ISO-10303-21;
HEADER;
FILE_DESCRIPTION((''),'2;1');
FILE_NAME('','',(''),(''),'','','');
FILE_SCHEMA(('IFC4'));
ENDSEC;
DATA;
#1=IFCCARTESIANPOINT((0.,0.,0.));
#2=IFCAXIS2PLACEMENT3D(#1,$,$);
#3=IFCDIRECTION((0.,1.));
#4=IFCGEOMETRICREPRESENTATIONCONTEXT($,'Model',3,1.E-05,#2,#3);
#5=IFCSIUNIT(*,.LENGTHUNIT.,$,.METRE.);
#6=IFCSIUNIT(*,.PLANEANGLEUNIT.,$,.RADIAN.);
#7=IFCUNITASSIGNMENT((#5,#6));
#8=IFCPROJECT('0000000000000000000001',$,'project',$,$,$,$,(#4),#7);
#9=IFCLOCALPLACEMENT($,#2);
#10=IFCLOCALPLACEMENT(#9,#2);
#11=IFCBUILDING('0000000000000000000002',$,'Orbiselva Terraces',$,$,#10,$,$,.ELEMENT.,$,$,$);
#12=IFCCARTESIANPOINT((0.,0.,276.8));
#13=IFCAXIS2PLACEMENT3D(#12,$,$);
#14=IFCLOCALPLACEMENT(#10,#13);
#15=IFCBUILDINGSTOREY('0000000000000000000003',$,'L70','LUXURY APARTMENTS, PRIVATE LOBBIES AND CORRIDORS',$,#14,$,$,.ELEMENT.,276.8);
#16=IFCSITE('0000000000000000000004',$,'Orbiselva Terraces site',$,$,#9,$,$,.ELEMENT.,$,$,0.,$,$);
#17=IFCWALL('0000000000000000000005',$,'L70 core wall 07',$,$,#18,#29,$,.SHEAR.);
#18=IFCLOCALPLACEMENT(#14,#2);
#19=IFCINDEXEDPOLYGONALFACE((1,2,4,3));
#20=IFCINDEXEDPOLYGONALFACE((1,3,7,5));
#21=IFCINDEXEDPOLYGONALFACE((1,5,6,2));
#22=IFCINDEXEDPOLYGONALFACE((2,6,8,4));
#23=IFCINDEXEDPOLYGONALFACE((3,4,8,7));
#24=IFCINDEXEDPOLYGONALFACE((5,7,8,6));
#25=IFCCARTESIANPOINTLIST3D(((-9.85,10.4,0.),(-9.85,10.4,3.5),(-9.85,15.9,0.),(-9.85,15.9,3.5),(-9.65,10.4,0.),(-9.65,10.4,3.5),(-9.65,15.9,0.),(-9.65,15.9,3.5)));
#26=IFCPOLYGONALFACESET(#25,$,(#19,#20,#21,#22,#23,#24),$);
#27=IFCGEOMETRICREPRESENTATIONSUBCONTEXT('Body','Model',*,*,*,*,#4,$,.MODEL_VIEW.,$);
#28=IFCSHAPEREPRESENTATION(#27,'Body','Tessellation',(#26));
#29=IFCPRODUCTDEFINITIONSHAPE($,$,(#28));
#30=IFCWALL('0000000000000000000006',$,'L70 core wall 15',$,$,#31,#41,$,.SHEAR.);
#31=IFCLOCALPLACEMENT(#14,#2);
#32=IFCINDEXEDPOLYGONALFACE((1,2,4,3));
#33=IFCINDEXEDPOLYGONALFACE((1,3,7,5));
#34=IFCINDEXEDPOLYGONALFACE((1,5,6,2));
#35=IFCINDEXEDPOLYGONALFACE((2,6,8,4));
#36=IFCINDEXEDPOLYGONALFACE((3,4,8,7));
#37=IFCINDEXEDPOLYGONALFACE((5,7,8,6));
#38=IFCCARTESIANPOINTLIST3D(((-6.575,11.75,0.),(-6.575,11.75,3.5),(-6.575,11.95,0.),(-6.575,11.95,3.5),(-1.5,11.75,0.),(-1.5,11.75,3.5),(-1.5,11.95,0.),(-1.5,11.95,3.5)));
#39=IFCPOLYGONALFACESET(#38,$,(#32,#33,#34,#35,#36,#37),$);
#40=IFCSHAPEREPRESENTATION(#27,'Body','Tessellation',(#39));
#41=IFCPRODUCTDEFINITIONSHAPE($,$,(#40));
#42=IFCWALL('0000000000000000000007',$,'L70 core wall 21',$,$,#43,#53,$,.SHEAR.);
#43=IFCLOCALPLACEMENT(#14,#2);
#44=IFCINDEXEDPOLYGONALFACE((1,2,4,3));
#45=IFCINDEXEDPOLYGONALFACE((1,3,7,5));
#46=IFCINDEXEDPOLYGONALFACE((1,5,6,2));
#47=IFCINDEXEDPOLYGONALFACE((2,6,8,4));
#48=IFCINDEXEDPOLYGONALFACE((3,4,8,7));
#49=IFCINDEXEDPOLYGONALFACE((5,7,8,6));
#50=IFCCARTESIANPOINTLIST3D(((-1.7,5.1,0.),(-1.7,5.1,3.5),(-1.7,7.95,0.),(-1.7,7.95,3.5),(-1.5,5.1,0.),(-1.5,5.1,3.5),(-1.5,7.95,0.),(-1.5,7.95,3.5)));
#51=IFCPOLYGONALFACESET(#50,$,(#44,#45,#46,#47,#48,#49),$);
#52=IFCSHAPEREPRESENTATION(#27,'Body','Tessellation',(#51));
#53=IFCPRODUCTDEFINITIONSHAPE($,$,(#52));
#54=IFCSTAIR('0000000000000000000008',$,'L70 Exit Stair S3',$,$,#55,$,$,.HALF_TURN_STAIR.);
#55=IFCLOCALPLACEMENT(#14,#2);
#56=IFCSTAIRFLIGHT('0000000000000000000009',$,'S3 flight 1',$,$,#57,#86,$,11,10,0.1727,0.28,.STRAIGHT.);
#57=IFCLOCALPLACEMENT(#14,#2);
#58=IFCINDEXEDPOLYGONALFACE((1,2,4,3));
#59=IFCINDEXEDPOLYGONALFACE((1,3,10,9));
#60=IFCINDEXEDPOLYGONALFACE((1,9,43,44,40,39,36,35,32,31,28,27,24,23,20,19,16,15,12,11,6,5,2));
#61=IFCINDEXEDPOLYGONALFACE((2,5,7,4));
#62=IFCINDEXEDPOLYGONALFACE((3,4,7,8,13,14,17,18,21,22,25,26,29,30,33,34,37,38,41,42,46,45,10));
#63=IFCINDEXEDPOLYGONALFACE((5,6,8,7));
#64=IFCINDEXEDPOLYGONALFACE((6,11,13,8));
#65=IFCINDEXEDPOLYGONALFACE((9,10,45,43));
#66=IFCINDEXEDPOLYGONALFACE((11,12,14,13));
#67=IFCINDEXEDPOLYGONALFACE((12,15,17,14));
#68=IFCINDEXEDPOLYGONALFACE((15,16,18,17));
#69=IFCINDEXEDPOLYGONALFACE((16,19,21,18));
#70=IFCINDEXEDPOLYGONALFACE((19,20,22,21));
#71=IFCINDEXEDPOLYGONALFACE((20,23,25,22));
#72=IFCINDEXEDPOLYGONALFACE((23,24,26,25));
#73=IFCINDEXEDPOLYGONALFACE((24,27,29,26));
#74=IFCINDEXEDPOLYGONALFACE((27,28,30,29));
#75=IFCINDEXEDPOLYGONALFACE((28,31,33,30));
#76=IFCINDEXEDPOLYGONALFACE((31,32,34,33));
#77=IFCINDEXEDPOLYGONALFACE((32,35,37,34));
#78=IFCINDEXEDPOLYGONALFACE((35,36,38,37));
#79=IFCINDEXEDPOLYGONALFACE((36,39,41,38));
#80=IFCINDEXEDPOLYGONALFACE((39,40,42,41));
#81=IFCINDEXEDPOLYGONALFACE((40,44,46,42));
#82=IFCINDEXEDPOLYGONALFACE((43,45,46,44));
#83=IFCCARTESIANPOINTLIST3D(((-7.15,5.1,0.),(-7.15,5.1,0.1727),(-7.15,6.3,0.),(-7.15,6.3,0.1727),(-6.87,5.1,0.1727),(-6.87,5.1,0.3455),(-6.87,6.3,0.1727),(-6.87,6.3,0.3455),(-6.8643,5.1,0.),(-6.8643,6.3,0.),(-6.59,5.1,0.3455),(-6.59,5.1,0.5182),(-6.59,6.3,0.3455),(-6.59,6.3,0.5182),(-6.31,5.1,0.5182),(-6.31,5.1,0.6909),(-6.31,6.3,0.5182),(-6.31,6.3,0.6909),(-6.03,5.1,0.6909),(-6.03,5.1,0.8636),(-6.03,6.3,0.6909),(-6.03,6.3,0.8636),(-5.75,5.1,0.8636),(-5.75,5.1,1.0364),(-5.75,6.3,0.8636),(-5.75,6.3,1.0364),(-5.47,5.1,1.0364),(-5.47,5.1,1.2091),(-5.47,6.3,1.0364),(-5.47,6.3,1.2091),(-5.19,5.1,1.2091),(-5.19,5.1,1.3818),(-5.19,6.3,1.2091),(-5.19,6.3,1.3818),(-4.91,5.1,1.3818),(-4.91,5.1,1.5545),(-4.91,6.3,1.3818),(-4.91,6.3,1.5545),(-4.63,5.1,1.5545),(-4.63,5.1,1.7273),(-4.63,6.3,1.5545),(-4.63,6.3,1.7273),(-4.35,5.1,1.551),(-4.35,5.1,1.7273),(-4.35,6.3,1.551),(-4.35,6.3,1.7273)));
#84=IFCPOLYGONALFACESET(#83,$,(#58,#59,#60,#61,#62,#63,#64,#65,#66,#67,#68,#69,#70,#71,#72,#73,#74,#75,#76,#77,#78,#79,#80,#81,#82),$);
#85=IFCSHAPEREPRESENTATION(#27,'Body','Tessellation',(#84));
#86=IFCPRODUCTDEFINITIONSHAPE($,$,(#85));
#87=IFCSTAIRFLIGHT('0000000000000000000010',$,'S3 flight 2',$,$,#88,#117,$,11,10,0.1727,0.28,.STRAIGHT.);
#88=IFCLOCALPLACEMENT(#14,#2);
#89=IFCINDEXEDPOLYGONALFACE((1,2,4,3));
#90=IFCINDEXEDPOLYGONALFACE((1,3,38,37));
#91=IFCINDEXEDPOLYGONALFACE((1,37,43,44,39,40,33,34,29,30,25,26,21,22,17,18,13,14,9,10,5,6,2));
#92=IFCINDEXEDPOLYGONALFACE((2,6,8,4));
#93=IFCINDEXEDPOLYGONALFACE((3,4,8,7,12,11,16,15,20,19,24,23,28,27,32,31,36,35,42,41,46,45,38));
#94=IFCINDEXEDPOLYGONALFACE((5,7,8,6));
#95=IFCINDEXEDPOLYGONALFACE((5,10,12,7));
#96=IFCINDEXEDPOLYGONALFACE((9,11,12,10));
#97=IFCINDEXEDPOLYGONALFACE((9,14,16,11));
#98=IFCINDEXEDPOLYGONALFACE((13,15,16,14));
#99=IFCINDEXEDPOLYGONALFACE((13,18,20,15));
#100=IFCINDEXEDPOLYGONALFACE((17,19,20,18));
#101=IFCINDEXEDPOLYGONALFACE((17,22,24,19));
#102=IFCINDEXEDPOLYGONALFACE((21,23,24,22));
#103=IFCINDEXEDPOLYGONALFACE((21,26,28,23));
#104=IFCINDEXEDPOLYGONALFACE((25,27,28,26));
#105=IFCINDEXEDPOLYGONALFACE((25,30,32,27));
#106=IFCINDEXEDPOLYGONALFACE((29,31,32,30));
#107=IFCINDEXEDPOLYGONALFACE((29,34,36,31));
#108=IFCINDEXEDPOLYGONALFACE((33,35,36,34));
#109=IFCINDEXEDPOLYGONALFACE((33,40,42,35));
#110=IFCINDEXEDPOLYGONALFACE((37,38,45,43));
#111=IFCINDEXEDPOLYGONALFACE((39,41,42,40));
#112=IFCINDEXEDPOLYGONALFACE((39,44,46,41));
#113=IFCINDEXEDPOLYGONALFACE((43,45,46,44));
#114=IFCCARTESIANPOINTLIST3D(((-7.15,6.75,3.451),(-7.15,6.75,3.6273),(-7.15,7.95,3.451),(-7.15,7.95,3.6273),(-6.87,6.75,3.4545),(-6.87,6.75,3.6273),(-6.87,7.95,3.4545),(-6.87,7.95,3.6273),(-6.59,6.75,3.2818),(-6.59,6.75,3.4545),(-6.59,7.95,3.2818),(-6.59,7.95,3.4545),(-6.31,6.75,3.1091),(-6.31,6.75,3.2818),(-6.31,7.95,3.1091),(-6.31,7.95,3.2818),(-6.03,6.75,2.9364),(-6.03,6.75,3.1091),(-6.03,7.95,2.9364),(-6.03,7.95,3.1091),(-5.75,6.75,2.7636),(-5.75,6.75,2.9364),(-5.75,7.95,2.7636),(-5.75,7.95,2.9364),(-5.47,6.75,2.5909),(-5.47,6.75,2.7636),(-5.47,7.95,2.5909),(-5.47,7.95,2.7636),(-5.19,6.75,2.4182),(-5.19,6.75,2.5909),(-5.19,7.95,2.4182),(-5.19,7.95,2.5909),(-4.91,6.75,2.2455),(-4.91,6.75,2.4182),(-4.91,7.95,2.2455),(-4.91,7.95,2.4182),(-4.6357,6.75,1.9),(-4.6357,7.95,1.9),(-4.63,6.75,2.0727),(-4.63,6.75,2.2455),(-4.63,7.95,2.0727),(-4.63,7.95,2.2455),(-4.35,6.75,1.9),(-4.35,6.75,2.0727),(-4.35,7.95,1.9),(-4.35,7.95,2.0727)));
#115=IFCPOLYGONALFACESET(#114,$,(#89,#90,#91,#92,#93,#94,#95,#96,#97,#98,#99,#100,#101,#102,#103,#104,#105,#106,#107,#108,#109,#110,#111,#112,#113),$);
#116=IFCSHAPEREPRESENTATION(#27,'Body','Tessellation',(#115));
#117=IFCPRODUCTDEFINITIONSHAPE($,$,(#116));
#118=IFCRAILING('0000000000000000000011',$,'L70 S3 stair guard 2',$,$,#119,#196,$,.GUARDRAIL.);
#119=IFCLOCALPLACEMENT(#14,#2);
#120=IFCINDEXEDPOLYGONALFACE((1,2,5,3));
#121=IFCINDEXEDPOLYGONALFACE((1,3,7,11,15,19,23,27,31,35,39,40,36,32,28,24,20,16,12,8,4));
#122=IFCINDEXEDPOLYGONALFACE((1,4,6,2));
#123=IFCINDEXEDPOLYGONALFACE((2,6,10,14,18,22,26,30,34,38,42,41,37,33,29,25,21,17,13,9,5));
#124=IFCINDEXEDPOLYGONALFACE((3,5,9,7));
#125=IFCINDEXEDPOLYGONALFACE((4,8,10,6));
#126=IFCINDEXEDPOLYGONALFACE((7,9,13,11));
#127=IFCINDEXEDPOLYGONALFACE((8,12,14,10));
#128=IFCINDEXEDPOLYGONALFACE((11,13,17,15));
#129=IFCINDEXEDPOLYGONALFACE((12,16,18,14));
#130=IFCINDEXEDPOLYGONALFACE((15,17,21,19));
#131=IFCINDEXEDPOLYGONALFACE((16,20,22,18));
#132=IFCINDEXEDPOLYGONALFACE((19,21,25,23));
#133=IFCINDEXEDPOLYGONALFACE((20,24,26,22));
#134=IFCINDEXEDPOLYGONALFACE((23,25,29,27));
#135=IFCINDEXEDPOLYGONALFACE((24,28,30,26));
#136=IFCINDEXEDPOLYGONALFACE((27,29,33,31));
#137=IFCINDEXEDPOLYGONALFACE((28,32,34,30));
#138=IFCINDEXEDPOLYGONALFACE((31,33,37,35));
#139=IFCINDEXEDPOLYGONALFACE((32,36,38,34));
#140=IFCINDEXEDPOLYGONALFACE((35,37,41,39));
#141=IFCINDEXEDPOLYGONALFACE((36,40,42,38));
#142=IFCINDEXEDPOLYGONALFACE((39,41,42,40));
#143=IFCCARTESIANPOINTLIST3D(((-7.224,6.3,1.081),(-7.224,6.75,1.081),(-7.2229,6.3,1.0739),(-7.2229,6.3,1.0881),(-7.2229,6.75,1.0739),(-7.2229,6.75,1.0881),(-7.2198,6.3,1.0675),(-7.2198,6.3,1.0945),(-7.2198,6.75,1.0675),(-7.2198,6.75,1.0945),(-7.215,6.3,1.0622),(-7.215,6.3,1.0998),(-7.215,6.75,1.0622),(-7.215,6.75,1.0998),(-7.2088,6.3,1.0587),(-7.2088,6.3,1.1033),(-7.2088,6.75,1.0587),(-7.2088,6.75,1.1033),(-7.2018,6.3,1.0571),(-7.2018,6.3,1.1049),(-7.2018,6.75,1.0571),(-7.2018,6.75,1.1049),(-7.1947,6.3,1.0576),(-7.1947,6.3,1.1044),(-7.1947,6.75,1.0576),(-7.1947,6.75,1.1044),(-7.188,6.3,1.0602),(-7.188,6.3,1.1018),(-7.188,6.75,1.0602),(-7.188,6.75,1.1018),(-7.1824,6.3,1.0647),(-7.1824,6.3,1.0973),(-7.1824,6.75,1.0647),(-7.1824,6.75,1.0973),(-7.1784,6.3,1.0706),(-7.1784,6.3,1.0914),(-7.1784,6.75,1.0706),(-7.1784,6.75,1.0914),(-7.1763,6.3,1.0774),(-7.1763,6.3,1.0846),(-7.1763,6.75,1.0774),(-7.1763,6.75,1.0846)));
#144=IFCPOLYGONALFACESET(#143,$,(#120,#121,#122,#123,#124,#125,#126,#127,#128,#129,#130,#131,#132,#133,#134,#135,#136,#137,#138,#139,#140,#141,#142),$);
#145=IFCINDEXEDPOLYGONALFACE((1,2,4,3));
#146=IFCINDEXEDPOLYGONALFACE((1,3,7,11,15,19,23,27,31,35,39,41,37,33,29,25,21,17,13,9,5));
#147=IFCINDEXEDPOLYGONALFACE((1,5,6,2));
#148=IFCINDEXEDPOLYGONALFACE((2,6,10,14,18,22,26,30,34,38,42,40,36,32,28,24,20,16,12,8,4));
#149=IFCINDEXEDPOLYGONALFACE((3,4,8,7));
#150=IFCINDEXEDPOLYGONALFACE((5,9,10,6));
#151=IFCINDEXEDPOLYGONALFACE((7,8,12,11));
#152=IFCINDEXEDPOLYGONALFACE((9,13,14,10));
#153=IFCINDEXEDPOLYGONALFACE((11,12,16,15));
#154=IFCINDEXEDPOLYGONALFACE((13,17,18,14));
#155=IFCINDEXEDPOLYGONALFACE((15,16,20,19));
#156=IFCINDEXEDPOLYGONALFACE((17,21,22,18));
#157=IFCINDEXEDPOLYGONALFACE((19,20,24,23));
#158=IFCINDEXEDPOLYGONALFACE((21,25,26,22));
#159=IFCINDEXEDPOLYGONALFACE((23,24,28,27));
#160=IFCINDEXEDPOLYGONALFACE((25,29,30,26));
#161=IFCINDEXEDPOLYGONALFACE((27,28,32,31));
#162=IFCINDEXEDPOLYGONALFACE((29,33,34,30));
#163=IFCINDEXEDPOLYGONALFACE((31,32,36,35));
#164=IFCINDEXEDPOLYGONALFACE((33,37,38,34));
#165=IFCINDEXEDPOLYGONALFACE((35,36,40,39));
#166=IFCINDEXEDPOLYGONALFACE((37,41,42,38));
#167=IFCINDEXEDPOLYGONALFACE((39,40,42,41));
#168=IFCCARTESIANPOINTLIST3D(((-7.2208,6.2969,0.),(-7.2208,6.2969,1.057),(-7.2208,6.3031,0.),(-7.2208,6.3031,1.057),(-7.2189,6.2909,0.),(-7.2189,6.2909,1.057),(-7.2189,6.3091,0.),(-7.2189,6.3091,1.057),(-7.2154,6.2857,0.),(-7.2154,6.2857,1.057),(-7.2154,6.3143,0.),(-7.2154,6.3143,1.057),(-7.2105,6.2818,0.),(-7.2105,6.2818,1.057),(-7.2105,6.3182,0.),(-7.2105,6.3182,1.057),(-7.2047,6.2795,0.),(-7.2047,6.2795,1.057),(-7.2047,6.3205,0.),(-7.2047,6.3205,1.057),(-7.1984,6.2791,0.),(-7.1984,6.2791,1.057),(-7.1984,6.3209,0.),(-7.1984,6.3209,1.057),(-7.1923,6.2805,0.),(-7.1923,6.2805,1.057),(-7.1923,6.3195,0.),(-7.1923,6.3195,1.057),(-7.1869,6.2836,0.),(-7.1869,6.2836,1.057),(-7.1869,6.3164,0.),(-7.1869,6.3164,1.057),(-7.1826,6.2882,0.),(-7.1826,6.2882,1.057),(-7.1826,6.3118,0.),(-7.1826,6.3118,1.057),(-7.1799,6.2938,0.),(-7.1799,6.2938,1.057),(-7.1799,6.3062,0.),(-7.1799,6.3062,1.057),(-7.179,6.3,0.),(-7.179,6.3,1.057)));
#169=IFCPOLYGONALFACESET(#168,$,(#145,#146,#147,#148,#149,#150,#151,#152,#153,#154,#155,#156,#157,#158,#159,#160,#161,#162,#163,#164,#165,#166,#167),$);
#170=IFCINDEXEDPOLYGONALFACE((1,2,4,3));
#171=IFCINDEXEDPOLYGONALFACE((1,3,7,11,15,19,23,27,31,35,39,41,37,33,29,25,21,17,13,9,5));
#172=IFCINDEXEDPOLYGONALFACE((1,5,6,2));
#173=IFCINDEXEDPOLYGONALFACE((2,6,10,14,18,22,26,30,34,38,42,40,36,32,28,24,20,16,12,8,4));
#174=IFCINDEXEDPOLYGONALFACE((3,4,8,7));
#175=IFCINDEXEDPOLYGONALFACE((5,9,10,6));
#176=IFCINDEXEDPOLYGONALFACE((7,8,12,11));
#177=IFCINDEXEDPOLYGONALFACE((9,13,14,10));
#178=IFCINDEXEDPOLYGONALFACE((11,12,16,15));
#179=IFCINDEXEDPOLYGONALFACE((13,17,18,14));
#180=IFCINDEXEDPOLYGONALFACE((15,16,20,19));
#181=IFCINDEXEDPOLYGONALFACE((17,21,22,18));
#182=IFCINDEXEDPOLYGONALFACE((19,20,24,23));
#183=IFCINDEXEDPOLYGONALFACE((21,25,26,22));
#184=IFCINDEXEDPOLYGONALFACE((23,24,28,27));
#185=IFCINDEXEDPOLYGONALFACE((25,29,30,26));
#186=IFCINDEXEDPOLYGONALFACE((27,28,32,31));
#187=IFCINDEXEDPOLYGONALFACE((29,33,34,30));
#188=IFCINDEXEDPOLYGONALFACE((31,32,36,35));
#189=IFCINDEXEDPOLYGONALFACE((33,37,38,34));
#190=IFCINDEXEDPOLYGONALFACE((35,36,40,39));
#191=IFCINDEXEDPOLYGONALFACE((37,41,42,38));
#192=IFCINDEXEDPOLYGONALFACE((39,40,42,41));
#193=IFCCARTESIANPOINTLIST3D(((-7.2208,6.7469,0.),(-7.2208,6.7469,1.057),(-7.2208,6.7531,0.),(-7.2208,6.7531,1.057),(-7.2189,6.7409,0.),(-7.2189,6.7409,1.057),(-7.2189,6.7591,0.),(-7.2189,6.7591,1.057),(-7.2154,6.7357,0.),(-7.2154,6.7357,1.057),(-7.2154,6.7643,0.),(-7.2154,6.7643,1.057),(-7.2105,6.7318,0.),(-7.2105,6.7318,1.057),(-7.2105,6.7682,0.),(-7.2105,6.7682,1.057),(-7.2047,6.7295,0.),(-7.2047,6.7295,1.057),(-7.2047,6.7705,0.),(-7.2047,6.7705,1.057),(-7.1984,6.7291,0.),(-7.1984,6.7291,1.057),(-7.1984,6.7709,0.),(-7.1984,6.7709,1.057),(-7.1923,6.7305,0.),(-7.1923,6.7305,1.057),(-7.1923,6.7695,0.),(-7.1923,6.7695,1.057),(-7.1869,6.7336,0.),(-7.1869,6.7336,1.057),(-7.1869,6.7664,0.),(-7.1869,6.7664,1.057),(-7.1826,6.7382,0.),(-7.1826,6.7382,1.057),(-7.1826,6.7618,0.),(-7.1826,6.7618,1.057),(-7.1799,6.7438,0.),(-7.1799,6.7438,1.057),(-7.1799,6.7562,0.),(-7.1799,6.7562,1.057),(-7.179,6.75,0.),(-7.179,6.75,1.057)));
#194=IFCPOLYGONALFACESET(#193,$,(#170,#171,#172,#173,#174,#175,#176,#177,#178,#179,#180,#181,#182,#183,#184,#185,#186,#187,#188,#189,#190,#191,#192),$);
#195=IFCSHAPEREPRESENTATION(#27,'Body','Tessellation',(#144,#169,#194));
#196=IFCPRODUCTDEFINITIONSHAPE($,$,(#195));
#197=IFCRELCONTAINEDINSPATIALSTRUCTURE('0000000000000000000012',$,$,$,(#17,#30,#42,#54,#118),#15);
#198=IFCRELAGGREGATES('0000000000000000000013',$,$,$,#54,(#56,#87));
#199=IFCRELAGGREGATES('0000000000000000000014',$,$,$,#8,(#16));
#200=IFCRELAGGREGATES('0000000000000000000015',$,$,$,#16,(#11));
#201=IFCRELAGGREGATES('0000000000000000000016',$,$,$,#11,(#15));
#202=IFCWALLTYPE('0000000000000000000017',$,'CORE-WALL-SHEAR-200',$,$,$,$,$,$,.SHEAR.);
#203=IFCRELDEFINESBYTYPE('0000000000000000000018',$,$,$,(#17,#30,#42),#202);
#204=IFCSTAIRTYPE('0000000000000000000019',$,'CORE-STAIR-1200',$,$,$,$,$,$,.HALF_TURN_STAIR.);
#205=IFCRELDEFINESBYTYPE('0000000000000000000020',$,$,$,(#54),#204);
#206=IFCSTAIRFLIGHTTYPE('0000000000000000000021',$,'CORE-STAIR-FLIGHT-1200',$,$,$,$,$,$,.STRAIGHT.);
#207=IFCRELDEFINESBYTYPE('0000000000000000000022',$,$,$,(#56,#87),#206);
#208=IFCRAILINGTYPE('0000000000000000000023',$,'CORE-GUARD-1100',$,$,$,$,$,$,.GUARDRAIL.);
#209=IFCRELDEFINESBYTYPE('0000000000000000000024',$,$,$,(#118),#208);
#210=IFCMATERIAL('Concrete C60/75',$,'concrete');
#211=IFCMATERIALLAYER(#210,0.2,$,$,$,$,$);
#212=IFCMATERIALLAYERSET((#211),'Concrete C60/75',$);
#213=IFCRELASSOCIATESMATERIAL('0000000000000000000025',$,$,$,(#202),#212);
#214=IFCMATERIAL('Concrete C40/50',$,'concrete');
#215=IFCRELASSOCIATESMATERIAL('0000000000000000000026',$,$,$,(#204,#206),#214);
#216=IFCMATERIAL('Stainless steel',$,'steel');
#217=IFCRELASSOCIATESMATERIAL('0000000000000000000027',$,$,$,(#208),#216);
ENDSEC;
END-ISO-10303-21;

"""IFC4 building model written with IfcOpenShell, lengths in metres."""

from ifc_helpers import new_model, si_unit, direction, frame, frame_2d, origin, origin_2d, place, context, subcontext, project, spatial, polyline, rectangle, circle, outline, extrude, material, layer, layer_set, type_object, element, aggregate, save


model = new_model("IFC4")

# Units and contexts
model_context = context("Model", 3, precision=1e-05, world=origin(), true_north=direction((0.0, 1.0)))
body_context = subcontext(model_context, "Body", "Model", "MODEL_VIEW")
ifc_project = project(units=[si_unit("LENGTHUNIT", "METRE"), si_unit("PLANEANGLEUNIT", "RADIAN")], contexts=[model_context])

# Site, building, storey
site_placement = place(None, origin())
site = spatial("IfcSite", under=ifc_project, at=site_placement, Name="Orbiselva Terraces site", CompositionType="ELEMENT", RefElevation=0.0)
building_placement = place(site_placement, origin())
building = spatial("IfcBuilding", under=site, at=building_placement, Name="Orbiselva Terraces", CompositionType="ELEMENT")
storey_placement = place(building_placement, frame((0.0, 0.0, 276.8)))
storey = spatial("IfcBuildingStorey", under=building, at=storey_placement, Name="L70", Description="LUXURY APARTMENTS, PRIVATE LOBBIES AND CORRIDORS", CompositionType="ELEMENT", Elevation=276.8)

# Walls
ifc_material_1 = material(Name="Concrete C60/75", Category="concrete")
ifc_layer_1 = layer(ifc_material_1, 0.2)
ifc_layer_set_1 = layer_set([ifc_layer_1], Name="Concrete C60/75")
wall_type_1 = type_object("IfcWallType", Name="CORE-WALL-SHEAR-200", PredefinedType="SHEAR", material=ifc_layer_set_1)
wall_1_placement = place(storey_placement, frame((-9.75, 10.4, 0.0), z_axis=(0.0, 0.0, 1.0), x_axis=(0.0, 1.0, 0.0)))
element("IfcWall", 1, at=wall_1_placement, inside=storey, type_object=wall_type_1, Name="L70 core wall 07", PredefinedType="SHEAR", context=body_context, shape_type="SweptSolid", body=[
    extrude(rectangle(XDim=5.5, YDim=0.2, at=frame_2d((2.75, 0.0))), origin(), (0.0, 0.0, 1.0), 3.5),
])
wall_2_placement = place(storey_placement, frame((-6.575, 11.85, 0.0), z_axis=(0.0, 0.0, 1.0), x_axis=(1.0, 0.0, 0.0)))
element("IfcWall", 2, at=wall_2_placement, inside=storey, type_object=wall_type_1, Name="L70 core wall 15", PredefinedType="SHEAR", context=body_context, shape_type="SweptSolid", body=[
    extrude(rectangle(XDim=5.075, YDim=0.2, at=frame_2d((2.5375, 0.0))), origin(), (0.0, 0.0, 1.0), 3.5),
])
wall_3_placement = place(storey_placement, frame((-1.6, 5.1, 0.0), z_axis=(0.0, 0.0, 1.0), x_axis=(0.0, 1.0, 0.0)))
element("IfcWall", 3, at=wall_3_placement, inside=storey, type_object=wall_type_1, Name="L70 core wall 21", PredefinedType="SHEAR", context=body_context, shape_type="SweptSolid", body=[
    extrude(rectangle(XDim=2.85, YDim=0.2, at=frame_2d((1.425, 0.0))), origin(), (0.0, 0.0, 1.0), 3.5),
])

# Stair, stair flights
ifc_material_2 = material(Name="Concrete C40/50", Category="concrete")
stair_type = type_object("IfcStairType", Name="CORE-STAIR-1200", PredefinedType="HALF_TURN_STAIR", material=ifc_material_2)
stair_placement = place(storey_placement, origin())
stair = element("IfcStair", 4, at=stair_placement, inside=storey, type_object=stair_type, Name="L70 Exit Stair S3", PredefinedType="HALF_TURN_STAIR")
stair_flight_type = type_object("IfcStairFlightType", Name="CORE-STAIR-FLIGHT-1200", PredefinedType="STRAIGHT", material=ifc_material_2)
stair_flight_1_placement = place(storey_placement, frame((-7.15, 5.7, 0.0), z_axis=(0.0, 0.0, 1.0), x_axis=(1.0, 0.0, 0.0)))
stair_flight_1 = element("IfcStairFlight", 5, at=stair_flight_1_placement, type_object=stair_flight_type, Name="S3 flight 1", NumberOfRisers=11, NumberOfTreads=10, PredefinedType="STRAIGHT", RiserHeight=0.1727, TreadLength=0.28, context=body_context, shape_type="SweptSolid", body=[
    extrude(outline(polyline([(0.0, 0.0), (0.0, 0.1727), (0.28, 0.1727), (0.28, 0.3455), (0.56, 0.3455), (0.56, 0.5182), (0.84, 0.5182), (0.84, 0.6909), (1.12, 0.6909), (1.12, 0.8636), (1.4, 0.8636), (1.4, 1.0364), (1.68, 1.0364), (1.68, 1.2091), (1.96, 1.2091), (1.96, 1.3818), (2.24, 1.3818), (2.24, 1.5545), (2.52, 1.5545), (2.52, 1.7273), (2.8, 1.7273), (2.8, 1.9), (2.8, 1.551), (0.2857, 0.0), (0.0, 0.0)])), frame((0.0, 0.6, 0.0), z_axis=(0.0, -1.0, 0.0), x_axis=(1.0, 0.0, 0.0)), (0.0, 0.0, 1.0), 1.2),
])
stair_flight_2_placement = place(storey_placement, frame((-4.35, 7.35, 1.9), z_axis=(0.0, 0.0, 1.0), x_axis=(-1.0, 0.0, 0.0)))
stair_flight_2 = element("IfcStairFlight", 6, at=stair_flight_2_placement, type_object=stair_flight_type, Name="S3 flight 2", NumberOfRisers=11, NumberOfTreads=10, PredefinedType="STRAIGHT", RiserHeight=0.1727, TreadLength=0.28, context=body_context, shape_type="SweptSolid", body=[
    extrude(outline(polyline([(0.0, 0.0), (0.0, 0.1727), (0.28, 0.1727), (0.28, 0.3455), (0.56, 0.3455), (0.56, 0.5182), (0.84, 0.5182), (0.84, 0.6909), (1.12, 0.6909), (1.12, 0.8636), (1.4, 0.8636), (1.4, 1.0364), (1.68, 1.0364), (1.68, 1.2091), (1.96, 1.2091), (1.96, 1.3818), (2.24, 1.3818), (2.24, 1.5545), (2.52, 1.5545), (2.52, 1.7273), (2.8, 1.7273), (2.8, 1.9), (2.8, 1.551), (0.2857, 0.0), (0.0, 0.0)])), frame((0.0, 0.6, 0.0), z_axis=(0.0, -1.0, 0.0), x_axis=(1.0, 0.0, 0.0)), (0.0, 0.0, 1.0), 1.2),
])
aggregate(stair, [stair_flight_1, stair_flight_2])

# Railing
ifc_material_3 = material(Name="Stainless steel", Category="steel")
railing_type_1 = type_object("IfcRailingType", Name="CORE-GUARD-1100", PredefinedType="GUARDRAIL", material=ifc_material_3)
railing_1_placement = place(storey_placement, frame((-7.2, 6.3, 0.0)))
element("IfcRailing", 7, at=railing_1_placement, inside=storey, type_object=railing_type_1, Name="L70 S3 stair guard 2", PredefinedType="GUARDRAIL", context=body_context, shape_type="SweptSolid", body=[
    extrude(circle(Radius=0.024, at=origin_2d()), frame((0.0, 0.0, 1.081), z_axis=(0.0, 1.0, 0.0), x_axis=(-1.0, 0.0, 0.0)), (0.0, 0.0, 1.0), 0.45),
    extrude(circle(Radius=0.021, at=origin_2d()), origin(), (0.0, 0.0, 1.0), 1.057),
    extrude(circle(Radius=0.021, at=origin_2d()), frame((0.0, 0.45, 0.0)), (0.0, 0.0, 1.0), 1.057),
])

save(model, "model.ifc")
